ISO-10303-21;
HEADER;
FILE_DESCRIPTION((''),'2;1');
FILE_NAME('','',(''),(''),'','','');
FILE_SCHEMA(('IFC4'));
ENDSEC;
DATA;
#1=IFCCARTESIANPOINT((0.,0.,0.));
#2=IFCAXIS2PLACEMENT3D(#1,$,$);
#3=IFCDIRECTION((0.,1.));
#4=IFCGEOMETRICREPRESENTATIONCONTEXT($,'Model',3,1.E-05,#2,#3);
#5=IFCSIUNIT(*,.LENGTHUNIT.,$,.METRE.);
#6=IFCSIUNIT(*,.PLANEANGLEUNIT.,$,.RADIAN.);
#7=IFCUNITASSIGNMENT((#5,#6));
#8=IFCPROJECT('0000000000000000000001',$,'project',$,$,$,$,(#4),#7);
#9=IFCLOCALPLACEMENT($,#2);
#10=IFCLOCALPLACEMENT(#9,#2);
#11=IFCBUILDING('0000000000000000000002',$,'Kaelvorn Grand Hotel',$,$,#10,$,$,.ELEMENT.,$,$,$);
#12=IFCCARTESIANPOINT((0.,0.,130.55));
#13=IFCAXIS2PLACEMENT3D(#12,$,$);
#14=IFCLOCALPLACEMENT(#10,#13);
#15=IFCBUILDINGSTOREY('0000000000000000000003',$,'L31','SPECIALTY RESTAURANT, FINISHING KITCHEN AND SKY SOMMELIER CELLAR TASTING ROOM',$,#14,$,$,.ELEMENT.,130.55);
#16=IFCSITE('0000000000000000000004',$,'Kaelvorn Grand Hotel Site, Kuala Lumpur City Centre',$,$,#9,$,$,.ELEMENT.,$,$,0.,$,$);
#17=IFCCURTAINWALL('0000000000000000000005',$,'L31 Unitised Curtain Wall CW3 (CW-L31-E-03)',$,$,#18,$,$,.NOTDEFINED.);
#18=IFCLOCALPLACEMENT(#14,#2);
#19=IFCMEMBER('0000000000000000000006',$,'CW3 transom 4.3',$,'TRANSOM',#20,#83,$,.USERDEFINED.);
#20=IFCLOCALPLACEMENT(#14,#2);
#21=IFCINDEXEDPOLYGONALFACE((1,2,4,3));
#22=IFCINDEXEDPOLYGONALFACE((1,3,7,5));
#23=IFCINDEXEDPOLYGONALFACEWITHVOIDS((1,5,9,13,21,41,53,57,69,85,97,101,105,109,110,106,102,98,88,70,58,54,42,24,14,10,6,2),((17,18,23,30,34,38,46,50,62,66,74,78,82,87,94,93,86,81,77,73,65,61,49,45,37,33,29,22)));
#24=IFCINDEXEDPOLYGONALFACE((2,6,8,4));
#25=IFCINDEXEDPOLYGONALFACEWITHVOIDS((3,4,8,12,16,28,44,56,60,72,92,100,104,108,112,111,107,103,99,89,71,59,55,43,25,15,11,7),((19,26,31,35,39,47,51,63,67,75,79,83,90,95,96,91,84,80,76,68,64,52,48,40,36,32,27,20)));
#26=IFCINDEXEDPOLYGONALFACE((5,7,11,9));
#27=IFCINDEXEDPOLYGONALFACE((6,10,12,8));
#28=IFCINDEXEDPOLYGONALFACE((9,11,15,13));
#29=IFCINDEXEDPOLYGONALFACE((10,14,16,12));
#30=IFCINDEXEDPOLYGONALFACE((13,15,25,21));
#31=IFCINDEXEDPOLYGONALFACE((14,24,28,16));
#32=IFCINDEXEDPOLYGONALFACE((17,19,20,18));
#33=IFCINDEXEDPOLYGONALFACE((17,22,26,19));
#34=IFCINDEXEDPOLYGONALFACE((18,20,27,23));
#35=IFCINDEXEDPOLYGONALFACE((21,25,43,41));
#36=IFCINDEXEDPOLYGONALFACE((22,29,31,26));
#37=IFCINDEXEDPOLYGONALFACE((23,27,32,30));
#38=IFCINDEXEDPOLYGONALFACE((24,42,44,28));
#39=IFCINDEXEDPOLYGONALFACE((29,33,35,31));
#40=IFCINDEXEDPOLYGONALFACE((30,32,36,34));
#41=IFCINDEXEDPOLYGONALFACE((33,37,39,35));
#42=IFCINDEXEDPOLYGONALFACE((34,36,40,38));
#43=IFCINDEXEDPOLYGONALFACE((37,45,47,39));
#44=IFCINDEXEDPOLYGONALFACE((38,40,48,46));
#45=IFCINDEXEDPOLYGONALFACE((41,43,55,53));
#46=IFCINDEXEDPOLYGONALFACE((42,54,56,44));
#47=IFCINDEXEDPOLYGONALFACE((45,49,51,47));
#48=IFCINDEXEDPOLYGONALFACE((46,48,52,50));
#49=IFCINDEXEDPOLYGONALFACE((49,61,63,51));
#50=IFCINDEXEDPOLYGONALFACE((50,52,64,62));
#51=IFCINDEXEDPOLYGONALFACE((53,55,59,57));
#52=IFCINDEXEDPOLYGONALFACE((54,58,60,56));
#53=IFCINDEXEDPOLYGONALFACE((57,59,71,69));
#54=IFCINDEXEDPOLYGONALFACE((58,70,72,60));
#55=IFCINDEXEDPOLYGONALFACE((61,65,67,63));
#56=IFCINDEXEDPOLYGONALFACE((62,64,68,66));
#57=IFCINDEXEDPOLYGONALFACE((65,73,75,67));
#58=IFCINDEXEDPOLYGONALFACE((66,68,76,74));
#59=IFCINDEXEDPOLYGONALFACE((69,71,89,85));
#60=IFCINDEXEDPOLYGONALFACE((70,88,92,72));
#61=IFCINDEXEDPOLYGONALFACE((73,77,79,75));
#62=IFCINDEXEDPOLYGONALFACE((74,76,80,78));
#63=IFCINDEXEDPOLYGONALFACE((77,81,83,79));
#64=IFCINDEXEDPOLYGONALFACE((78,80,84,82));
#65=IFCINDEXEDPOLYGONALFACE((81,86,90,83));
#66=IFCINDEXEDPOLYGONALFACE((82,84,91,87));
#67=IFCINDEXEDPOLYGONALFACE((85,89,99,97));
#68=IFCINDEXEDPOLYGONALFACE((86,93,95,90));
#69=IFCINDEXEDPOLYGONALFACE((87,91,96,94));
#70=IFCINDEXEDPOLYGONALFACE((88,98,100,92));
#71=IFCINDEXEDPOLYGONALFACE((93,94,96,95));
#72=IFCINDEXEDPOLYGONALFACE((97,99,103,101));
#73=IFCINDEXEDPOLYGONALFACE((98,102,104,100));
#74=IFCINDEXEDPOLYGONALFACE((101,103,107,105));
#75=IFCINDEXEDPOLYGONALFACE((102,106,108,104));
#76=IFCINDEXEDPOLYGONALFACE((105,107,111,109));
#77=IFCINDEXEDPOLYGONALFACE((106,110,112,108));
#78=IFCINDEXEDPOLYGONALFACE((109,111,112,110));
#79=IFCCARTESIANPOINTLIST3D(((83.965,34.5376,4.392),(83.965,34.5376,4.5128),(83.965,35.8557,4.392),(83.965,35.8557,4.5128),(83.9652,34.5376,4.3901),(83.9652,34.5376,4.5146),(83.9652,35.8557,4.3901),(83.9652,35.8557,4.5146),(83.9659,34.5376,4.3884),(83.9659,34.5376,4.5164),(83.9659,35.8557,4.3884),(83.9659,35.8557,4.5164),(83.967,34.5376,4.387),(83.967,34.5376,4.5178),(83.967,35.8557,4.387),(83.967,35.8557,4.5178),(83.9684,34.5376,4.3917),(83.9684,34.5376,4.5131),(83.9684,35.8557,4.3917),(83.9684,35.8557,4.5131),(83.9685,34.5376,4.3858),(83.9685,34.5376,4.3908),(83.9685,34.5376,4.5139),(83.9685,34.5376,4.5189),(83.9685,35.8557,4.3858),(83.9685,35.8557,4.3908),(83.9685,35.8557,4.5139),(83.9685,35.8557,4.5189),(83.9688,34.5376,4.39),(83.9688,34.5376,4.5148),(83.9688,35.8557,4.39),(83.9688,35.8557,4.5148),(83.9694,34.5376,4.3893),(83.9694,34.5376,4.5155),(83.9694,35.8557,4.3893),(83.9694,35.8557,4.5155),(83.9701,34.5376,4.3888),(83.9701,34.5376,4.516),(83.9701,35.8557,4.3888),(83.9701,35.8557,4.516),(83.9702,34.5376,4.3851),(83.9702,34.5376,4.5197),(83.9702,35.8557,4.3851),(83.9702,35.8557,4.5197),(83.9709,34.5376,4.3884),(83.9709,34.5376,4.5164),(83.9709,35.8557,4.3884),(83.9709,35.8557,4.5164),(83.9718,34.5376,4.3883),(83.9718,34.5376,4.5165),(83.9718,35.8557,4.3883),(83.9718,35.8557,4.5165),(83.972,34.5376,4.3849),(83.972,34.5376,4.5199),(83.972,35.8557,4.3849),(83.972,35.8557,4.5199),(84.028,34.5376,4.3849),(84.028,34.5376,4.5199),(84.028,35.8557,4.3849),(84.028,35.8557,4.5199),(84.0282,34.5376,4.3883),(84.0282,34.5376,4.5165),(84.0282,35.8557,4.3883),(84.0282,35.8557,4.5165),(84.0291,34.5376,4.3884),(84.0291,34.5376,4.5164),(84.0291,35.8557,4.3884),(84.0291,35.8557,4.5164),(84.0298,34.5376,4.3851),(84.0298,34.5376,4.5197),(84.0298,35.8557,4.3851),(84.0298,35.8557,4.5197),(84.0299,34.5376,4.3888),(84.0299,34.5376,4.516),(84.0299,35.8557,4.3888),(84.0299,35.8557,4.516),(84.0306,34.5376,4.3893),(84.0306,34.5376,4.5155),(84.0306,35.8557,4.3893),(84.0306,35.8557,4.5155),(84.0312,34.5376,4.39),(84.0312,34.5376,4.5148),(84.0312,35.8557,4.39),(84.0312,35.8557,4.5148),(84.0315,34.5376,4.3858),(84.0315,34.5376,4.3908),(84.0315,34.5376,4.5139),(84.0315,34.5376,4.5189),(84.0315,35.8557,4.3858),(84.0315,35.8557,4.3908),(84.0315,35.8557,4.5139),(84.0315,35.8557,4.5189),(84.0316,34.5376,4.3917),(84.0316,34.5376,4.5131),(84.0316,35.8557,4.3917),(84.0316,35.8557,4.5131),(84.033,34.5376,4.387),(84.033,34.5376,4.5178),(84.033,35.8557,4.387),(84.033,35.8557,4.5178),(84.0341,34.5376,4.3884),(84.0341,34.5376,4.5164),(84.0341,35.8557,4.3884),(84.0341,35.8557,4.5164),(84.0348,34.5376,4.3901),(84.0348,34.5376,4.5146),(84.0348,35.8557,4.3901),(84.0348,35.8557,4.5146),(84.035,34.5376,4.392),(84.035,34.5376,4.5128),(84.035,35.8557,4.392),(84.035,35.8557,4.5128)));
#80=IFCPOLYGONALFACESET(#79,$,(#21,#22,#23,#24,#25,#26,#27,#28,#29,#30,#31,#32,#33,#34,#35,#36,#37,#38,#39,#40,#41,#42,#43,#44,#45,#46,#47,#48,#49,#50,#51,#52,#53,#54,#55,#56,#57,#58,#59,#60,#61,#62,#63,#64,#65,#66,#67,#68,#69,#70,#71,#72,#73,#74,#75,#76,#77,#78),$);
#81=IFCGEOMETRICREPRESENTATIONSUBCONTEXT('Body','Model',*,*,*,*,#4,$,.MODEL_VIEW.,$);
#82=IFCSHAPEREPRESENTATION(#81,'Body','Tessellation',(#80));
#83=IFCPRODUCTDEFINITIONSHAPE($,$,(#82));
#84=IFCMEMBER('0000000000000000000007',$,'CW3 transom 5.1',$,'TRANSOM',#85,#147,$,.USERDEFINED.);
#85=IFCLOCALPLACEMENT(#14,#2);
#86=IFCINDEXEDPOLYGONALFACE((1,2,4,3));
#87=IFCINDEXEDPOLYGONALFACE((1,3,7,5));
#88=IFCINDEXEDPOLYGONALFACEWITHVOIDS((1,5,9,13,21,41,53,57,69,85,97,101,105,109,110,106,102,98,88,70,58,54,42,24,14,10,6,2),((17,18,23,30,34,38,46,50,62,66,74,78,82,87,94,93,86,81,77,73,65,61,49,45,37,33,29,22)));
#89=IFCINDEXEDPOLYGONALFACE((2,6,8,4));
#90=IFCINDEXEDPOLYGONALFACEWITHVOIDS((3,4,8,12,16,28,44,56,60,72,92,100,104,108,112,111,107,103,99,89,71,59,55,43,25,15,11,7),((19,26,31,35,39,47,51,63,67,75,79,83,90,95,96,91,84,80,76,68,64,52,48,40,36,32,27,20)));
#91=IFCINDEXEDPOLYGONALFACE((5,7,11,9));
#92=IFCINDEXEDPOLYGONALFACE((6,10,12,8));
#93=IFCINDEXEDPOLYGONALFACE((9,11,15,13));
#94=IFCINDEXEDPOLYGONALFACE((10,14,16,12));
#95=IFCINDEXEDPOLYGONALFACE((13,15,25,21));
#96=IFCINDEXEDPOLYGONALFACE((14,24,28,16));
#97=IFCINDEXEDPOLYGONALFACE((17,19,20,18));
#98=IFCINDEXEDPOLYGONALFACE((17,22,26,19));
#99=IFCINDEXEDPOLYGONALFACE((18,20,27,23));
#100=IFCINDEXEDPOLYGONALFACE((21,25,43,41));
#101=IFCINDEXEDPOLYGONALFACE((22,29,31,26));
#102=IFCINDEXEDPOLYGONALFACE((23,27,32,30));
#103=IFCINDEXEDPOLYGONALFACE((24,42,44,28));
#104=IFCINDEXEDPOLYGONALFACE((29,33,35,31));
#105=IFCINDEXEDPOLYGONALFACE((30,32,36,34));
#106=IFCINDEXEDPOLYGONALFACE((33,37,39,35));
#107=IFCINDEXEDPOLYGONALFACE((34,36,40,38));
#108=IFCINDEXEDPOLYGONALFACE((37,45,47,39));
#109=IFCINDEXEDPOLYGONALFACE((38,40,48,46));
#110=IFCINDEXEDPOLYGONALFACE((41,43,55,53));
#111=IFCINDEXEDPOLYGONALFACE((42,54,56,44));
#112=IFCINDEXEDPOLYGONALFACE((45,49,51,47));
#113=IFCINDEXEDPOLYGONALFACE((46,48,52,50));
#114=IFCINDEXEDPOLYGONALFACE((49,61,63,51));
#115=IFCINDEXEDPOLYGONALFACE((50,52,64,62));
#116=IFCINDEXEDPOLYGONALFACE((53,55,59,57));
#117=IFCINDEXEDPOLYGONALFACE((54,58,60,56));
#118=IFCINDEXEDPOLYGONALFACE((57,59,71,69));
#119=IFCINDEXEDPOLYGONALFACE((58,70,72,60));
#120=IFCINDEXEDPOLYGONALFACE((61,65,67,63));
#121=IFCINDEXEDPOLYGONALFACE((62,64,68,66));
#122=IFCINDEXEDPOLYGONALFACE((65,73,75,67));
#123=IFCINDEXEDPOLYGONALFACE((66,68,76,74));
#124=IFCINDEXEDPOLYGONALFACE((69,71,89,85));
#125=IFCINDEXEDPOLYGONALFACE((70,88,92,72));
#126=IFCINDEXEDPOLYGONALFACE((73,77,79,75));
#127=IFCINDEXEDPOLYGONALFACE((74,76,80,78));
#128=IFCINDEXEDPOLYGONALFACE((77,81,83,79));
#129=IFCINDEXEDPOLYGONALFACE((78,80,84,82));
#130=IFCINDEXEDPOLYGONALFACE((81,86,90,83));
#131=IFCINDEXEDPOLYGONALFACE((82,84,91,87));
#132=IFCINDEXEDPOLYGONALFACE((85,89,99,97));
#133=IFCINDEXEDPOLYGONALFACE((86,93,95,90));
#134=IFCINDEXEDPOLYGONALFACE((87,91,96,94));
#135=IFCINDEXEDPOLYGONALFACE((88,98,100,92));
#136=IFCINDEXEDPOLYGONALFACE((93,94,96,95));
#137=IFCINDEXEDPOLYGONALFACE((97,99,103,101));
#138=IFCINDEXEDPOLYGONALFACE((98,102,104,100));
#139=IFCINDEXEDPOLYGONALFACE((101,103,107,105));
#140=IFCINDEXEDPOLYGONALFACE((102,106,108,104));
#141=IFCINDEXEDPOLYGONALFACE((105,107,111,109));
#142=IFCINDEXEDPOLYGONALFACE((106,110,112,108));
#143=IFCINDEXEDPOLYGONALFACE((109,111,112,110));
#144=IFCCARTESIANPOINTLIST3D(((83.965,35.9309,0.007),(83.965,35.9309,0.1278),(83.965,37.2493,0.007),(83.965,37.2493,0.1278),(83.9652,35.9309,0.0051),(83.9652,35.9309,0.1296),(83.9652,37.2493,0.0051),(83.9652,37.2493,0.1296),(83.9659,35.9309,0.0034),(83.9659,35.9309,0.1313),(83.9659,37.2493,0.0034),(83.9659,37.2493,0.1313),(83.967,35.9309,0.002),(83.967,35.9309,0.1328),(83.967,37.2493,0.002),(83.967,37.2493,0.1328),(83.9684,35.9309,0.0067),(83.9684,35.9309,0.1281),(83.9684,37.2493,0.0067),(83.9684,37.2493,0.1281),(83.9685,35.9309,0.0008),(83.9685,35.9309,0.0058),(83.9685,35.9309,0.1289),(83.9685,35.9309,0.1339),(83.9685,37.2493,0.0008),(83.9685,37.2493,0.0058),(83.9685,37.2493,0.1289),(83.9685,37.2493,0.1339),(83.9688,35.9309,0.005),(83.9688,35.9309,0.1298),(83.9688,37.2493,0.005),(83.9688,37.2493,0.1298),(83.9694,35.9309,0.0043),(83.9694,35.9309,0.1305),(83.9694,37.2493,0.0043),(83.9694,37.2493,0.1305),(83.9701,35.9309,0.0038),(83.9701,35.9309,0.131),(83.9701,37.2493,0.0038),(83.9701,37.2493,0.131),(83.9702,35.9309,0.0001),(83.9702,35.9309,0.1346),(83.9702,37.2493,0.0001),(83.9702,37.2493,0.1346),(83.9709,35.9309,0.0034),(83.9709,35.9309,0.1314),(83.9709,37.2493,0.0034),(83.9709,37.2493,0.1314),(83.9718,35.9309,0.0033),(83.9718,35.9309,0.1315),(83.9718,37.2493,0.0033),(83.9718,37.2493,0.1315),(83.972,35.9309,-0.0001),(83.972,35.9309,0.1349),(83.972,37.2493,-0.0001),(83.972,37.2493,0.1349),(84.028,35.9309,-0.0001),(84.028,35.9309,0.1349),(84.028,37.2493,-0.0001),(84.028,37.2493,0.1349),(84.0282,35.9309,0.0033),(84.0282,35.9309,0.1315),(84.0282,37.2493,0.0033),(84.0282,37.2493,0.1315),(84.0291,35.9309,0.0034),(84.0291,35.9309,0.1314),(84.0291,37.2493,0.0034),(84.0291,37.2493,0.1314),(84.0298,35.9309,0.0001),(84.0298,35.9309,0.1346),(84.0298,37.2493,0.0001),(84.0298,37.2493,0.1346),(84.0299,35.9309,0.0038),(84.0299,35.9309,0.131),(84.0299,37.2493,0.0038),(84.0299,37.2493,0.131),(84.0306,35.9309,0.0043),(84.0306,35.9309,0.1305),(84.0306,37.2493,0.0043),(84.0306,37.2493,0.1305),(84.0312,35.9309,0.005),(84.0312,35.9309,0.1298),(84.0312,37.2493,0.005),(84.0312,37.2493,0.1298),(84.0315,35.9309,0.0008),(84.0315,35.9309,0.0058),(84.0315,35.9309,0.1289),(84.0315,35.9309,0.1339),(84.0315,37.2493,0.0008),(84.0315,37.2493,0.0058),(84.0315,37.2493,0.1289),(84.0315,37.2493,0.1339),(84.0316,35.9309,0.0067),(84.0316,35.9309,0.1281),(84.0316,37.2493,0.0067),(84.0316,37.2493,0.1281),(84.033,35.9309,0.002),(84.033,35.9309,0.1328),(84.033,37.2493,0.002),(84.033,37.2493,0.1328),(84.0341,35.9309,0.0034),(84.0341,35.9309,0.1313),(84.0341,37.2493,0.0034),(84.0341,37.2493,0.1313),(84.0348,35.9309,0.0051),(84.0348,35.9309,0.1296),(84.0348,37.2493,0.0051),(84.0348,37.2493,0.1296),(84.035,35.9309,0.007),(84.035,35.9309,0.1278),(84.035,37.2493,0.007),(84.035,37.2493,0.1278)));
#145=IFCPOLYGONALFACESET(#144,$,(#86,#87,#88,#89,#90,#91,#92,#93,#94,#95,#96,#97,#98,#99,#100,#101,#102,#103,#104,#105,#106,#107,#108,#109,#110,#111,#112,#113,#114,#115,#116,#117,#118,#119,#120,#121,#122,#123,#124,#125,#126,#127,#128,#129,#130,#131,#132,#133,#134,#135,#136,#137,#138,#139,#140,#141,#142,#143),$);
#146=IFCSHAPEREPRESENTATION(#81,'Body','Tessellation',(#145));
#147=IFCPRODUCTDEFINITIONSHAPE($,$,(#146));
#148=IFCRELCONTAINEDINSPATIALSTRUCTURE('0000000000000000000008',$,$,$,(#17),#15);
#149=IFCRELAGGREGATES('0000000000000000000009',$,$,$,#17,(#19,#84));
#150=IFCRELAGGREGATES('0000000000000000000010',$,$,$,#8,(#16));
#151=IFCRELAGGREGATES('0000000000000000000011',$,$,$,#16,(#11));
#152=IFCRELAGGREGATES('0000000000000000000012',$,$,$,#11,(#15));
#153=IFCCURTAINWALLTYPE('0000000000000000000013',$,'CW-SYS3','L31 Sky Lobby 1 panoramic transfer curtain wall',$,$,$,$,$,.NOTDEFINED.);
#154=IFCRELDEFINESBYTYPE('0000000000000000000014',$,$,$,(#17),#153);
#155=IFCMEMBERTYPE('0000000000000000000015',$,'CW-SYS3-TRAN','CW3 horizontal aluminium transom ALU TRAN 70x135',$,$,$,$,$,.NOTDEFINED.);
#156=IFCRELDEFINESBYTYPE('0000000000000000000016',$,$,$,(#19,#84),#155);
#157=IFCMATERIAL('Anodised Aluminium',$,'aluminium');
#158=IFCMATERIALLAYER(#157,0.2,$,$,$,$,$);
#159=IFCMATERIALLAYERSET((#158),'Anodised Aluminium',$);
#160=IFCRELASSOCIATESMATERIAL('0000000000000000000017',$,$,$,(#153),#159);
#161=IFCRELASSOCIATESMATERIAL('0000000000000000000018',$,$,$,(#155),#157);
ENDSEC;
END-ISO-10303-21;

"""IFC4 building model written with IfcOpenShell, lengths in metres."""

from ifc_helpers import new_model, si_unit, direction, frame, origin, origin_2d, place, context, subcontext, project, spatial, hollow_rectangle, extrude, material, layer, layer_set, material_profile, profile_set, type_object, element, aggregate, save


model = new_model("IFC4")

# Units and contexts
model_context = context("Model", 3, precision=1e-05, world=origin(), true_north=direction((0.0, 1.0)))
body_context = subcontext(model_context, "Body", "Model", "MODEL_VIEW")
ifc_project = project(units=[si_unit("LENGTHUNIT", "METRE"), si_unit("PLANEANGLEUNIT", "RADIAN")], contexts=[model_context])

# Site, building, storey
site_placement = place(None, origin())
site = spatial("IfcSite", under=ifc_project, at=site_placement, Name="Kaelvorn Grand Hotel Site, Kuala Lumpur City Centre", CompositionType="ELEMENT", RefElevation=0.0)
building_placement = place(site_placement, origin())
building = spatial("IfcBuilding", under=site, at=building_placement, Name="Kaelvorn Grand Hotel", CompositionType="ELEMENT")
storey_placement = place(building_placement, frame((0.0, 0.0, 130.55)))
storey = spatial("IfcBuildingStorey", under=building, at=storey_placement, Name="L31", Description="SPECIALTY RESTAURANT, FINISHING KITCHEN AND SKY SOMMELIER CELLAR TASTING ROOM", CompositionType="ELEMENT", Elevation=130.55)

# Curtain wall, members
ifc_material_1 = material(Name="Anodised Aluminium", Category="aluminium")
ifc_layer_1 = layer(ifc_material_1, 0.2)
ifc_layer_set_1 = layer_set([ifc_layer_1], Name="Anodised Aluminium")
curtain_wall_type = type_object("IfcCurtainWallType", Name="CW-SYS3", Description="L31 Sky Lobby 1 panoramic transfer curtain wall", PredefinedType="NOTDEFINED", material=ifc_layer_set_1)
curtain_wall_placement = place(storey_placement, origin())
curtain_wall = element("IfcCurtainWall", 1, at=curtain_wall_placement, inside=storey, type_object=curtain_wall_type, Name="L31 Unitised Curtain Wall CW3 (CW-L31-E-03)", PredefinedType="NOTDEFINED")
ifc_material_profile_1 = material_profile(ifc_material_1, hollow_rectangle(XDim=0.0701, YDim=0.135, WallThickness=0.0034, InnerFilletRadius=0.0034, OuterFilletRadius=0.0071, at=origin_2d()), Name="ALU TRAN 70x135")
ifc_profile_set_1 = profile_set([ifc_material_profile_1], Name="Anodised Aluminium")
member_type_1 = type_object("IfcMemberType", Name="CW-SYS3-TRAN", Description="CW3 horizontal aluminium transom ALU TRAN 70x135", PredefinedType="NOTDEFINED", material=ifc_profile_set_1)
member_1_placement = place(storey_placement, frame((84.0, 34.5376, 4.4524), z_axis=(0.0, 1.0, 0.0), x_axis=(-1.0, 0.0, 0.0)))
member_1 = element("IfcMember", 2, at=member_1_placement, type_object=member_type_1, Name="CW3 transom 4.3", ObjectType="TRANSOM", PredefinedType="USERDEFINED", context=body_context, shape_type="SweptSolid", body=[
    extrude(hollow_rectangle(XDim=0.0701, YDim=0.135, WallThickness=0.0034, InnerFilletRadius=0.0034, OuterFilletRadius=0.0071, at=origin_2d()), origin(), (0.0, 0.0, 1.0), 1.3181),
])
member_2_placement = place(storey_placement, frame((84.0, 35.9309, 0.0674), z_axis=(0.0, 1.0, 0.0), x_axis=(-1.0, 0.0, 0.0)))
member_2 = element("IfcMember", 3, at=member_2_placement, type_object=member_type_1, Name="CW3 transom 5.1", ObjectType="TRANSOM", PredefinedType="USERDEFINED", context=body_context, shape_type="SweptSolid", body=[
    extrude(hollow_rectangle(XDim=0.0701, YDim=0.135, WallThickness=0.0034, InnerFilletRadius=0.0034, OuterFilletRadius=0.0071, at=origin_2d()), origin(), (0.0, 0.0, 1.0), 1.3184),
])
aggregate(curtain_wall, [member_1, member_2])

save(model, "model.ifc")
